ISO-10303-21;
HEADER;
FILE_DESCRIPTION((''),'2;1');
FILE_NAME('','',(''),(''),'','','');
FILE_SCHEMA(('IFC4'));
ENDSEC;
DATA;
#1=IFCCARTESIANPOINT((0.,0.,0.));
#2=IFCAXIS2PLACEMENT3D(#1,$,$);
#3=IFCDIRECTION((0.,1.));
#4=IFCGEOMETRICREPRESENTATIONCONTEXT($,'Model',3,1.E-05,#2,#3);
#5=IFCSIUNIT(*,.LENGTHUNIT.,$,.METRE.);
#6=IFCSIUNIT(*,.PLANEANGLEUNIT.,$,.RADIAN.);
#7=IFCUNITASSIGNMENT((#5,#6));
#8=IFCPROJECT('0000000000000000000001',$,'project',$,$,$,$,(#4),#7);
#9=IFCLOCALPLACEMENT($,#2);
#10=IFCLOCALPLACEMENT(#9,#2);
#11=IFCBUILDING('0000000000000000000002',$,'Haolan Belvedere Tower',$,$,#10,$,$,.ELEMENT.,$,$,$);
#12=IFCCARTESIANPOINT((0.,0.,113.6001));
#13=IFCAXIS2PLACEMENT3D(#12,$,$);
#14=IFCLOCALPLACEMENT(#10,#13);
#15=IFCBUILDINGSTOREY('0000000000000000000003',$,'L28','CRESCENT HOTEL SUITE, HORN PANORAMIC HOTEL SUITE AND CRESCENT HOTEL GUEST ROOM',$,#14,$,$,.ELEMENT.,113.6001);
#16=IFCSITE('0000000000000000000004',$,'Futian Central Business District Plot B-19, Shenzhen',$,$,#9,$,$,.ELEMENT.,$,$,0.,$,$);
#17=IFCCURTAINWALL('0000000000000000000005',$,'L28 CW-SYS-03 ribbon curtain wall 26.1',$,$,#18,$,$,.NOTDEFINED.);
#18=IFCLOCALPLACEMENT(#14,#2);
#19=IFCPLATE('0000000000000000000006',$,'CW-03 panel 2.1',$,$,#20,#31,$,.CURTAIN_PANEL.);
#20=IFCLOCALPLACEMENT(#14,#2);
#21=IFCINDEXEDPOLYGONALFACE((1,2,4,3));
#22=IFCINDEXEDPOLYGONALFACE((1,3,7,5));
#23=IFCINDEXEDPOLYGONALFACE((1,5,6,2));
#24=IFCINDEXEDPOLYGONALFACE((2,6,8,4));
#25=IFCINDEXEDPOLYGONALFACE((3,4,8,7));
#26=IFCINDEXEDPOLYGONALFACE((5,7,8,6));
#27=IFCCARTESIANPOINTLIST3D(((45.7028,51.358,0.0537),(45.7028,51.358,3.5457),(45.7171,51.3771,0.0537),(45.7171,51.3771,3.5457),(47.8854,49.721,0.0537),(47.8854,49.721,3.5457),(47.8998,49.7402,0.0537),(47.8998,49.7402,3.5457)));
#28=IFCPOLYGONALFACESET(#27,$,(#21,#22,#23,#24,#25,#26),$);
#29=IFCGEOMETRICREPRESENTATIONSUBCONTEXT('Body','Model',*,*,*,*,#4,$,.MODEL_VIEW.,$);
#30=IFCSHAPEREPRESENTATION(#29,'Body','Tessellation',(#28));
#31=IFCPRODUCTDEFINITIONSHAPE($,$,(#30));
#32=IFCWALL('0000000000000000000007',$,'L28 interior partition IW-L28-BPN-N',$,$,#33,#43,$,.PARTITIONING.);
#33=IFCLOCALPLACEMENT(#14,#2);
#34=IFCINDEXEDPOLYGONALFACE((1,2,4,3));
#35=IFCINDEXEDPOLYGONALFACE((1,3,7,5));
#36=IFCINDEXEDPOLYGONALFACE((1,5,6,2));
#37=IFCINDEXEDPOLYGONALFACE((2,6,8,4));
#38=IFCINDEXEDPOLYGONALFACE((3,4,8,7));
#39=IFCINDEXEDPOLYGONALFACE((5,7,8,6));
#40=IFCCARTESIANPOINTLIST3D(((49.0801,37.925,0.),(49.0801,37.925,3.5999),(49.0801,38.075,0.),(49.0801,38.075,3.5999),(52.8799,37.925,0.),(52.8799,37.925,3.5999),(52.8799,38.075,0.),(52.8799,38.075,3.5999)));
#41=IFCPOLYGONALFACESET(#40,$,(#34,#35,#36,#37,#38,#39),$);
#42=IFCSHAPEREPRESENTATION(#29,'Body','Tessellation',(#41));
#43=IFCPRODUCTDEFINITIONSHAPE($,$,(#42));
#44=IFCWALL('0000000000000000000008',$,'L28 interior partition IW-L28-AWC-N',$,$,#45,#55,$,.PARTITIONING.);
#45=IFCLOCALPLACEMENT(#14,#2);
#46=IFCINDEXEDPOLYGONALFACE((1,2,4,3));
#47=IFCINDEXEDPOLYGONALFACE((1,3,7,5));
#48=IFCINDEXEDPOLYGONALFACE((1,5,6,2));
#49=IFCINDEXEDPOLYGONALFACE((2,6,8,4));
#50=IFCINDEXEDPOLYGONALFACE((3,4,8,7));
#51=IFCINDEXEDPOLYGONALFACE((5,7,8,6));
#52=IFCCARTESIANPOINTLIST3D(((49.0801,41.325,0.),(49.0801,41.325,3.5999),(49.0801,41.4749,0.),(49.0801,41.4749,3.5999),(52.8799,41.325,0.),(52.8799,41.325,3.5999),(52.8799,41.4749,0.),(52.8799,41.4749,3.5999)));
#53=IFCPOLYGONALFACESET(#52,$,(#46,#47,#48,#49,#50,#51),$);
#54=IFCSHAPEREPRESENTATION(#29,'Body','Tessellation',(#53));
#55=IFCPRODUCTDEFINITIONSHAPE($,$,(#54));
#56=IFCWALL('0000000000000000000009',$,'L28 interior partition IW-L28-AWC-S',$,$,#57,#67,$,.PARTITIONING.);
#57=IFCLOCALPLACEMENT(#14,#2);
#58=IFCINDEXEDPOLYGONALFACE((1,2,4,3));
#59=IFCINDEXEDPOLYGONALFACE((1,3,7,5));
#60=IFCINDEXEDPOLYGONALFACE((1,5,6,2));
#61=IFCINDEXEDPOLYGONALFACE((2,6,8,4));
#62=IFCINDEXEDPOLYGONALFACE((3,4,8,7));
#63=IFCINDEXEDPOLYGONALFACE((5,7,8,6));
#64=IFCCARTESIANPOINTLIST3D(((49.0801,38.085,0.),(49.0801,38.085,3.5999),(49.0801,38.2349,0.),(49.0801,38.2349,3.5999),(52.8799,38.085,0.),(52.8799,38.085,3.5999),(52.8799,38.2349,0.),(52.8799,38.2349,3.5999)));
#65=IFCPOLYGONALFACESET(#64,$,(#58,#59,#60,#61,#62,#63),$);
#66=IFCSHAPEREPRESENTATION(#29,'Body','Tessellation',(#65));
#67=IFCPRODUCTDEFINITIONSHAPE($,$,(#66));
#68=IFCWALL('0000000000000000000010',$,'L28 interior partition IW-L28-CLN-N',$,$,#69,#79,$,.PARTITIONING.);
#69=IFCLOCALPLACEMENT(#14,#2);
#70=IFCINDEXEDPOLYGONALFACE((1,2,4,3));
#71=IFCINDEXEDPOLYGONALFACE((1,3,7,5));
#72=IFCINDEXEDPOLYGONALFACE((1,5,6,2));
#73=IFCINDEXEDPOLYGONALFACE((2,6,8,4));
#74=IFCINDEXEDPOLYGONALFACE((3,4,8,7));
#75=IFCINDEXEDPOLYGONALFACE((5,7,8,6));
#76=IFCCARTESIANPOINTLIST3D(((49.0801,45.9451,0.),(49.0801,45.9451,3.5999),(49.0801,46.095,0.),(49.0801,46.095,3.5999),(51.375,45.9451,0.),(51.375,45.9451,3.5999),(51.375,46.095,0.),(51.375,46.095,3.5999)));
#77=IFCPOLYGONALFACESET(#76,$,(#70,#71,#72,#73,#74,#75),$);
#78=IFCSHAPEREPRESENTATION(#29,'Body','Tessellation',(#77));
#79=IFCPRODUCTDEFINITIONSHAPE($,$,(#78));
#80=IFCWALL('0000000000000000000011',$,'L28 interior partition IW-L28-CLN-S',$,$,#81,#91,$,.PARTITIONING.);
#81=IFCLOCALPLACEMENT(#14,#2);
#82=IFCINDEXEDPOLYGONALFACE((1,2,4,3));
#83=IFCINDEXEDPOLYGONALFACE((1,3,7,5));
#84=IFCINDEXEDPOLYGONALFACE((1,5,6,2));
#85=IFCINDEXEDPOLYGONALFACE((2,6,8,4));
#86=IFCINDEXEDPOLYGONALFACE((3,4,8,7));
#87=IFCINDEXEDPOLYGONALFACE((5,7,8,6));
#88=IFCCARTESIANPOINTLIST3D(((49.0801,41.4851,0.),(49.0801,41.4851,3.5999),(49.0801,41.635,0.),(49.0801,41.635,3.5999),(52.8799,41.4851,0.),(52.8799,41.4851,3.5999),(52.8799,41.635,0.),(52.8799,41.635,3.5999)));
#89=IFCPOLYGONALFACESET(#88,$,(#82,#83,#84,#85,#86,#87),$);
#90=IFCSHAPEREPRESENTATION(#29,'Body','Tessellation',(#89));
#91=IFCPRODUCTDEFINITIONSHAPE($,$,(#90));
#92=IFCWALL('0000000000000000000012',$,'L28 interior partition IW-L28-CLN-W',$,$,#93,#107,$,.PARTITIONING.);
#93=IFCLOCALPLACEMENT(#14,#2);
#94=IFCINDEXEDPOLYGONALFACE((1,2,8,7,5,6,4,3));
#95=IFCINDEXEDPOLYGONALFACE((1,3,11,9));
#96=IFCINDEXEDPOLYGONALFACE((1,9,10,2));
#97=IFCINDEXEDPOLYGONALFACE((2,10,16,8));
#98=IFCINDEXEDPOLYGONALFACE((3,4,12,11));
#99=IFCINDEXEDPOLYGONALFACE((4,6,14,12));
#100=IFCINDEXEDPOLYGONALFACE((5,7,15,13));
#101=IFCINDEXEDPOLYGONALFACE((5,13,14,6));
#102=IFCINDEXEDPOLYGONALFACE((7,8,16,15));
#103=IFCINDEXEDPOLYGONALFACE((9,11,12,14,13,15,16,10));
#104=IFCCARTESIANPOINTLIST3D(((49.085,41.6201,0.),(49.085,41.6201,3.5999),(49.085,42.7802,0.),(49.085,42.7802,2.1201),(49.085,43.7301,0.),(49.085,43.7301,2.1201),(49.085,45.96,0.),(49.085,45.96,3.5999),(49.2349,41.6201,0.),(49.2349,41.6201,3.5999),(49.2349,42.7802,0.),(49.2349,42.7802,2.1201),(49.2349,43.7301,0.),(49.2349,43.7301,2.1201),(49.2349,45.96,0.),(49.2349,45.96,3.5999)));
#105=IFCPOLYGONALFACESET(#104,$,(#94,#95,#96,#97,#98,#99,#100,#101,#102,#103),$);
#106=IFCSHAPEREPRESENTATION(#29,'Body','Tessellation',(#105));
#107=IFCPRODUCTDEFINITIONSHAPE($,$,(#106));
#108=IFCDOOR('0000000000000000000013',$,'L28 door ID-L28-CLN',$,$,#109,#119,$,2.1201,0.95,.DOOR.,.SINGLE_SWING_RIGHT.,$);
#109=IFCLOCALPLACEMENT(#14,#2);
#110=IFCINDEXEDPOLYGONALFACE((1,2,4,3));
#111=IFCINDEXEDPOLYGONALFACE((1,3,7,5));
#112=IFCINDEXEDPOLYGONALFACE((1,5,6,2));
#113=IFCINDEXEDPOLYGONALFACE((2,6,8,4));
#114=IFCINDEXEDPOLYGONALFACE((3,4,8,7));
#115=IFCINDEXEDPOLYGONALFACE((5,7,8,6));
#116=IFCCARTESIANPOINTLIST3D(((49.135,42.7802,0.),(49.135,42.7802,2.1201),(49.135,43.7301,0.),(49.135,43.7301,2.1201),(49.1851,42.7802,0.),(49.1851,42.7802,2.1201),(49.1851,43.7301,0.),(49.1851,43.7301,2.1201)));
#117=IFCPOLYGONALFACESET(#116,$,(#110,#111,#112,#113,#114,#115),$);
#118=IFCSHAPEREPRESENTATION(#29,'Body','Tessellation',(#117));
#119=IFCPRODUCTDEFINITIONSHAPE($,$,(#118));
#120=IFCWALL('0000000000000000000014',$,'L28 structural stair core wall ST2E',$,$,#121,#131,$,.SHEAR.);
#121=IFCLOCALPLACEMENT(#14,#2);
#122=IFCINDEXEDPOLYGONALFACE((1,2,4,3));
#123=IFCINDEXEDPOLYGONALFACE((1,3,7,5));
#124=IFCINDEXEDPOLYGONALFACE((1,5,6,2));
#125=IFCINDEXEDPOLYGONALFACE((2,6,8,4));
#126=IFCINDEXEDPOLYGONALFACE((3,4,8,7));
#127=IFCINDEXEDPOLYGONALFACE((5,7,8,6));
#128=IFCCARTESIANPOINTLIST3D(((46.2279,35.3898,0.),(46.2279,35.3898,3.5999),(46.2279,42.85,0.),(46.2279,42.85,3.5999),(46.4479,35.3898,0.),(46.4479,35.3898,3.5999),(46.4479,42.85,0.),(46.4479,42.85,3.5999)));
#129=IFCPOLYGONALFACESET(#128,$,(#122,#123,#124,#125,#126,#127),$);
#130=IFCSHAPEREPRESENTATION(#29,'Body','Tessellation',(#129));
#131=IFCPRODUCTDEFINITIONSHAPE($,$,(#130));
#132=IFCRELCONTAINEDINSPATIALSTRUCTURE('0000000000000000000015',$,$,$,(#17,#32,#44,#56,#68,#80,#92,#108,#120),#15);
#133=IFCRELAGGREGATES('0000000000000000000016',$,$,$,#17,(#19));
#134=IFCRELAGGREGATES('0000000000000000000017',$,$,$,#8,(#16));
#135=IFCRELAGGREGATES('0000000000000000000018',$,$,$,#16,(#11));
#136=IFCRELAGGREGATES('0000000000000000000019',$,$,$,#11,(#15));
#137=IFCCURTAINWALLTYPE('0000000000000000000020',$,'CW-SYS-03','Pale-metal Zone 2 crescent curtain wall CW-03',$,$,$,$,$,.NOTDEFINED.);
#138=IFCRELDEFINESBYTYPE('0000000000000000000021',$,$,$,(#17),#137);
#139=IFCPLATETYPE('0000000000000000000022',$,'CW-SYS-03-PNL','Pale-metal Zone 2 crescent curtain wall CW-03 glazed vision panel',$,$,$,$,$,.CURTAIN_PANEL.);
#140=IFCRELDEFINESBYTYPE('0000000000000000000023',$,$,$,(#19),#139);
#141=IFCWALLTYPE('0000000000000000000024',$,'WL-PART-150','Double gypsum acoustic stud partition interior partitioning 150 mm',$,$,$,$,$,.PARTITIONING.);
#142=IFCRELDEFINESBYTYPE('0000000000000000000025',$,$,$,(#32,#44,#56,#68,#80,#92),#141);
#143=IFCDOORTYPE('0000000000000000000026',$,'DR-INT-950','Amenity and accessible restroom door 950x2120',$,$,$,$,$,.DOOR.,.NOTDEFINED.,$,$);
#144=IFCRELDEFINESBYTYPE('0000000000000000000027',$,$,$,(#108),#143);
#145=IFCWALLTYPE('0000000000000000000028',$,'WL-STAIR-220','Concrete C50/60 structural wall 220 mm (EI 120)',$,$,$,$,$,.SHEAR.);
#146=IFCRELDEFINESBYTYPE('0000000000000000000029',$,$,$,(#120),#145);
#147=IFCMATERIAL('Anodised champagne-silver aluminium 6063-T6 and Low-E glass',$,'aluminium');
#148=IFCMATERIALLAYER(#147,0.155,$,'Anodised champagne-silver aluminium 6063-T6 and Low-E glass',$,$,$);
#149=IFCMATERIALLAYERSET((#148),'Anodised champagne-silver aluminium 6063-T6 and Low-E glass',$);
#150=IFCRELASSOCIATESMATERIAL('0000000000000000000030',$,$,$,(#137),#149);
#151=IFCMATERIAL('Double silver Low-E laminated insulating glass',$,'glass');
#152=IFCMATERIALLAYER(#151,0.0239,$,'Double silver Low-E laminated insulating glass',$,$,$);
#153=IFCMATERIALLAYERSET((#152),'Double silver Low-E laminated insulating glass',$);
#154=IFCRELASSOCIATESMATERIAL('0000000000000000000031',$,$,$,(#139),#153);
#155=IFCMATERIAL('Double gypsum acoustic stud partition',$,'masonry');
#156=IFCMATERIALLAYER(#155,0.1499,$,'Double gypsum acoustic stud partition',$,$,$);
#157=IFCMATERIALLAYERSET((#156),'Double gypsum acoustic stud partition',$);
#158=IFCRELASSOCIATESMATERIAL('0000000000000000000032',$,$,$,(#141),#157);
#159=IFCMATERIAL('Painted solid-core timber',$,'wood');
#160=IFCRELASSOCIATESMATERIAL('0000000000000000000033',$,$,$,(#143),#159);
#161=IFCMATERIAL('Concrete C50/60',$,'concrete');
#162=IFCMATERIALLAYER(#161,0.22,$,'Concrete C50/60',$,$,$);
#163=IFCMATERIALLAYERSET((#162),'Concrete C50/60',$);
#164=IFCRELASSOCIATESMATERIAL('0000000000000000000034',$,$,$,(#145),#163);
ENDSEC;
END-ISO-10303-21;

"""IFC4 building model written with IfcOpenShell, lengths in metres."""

from ifc_helpers import new_model, si_unit, direction, frame, frame_2d, origin, origin_2d, place, context, subcontext, project, spatial, rectangle, extrude, material, layer, layer_set, type_object, element, fill, aggregate, save


model = new_model("IFC4")

# Units and contexts
model_context = context("Model", 3, precision=1e-05, world=origin(), true_north=direction((0.0, 1.0)))
body_context = subcontext(model_context, "Body", "Model", "MODEL_VIEW")
ifc_project = project(units=[si_unit("LENGTHUNIT", "METRE"), si_unit("PLANEANGLEUNIT", "RADIAN")], contexts=[model_context])

# Site, building, storey
site_placement = place(None, origin())
site = spatial("IfcSite", under=ifc_project, at=site_placement, Name="Futian Central Business District Plot B-19, Shenzhen", CompositionType="ELEMENT", RefElevation=0.0)
building_placement = place(site_placement, origin())
building = spatial("IfcBuilding", under=site, at=building_placement, Name="Haolan Belvedere Tower", CompositionType="ELEMENT")
storey_placement = place(building_placement, frame((0.0, 0.0, 113.6001)))
storey = spatial("IfcBuildingStorey", under=building, at=storey_placement, Name="L28", Description="CRESCENT HOTEL SUITE, HORN PANORAMIC HOTEL SUITE AND CRESCENT HOTEL GUEST ROOM", CompositionType="ELEMENT", Elevation=113.6001)

# Curtain wall, plate
ifc_material_1 = material(Name="Anodised champagne-silver aluminium 6063-T6 and Low-E glass", Category="aluminium")
ifc_layer_1 = layer(ifc_material_1, 0.155, Name="Anodised champagne-silver aluminium 6063-T6 and Low-E glass")
ifc_layer_set_1 = layer_set([ifc_layer_1], Name="Anodised champagne-silver aluminium 6063-T6 and Low-E glass")
curtain_wall_type = type_object("IfcCurtainWallType", Name="CW-SYS-03", Description="Pale-metal Zone 2 crescent curtain wall CW-03", PredefinedType="NOTDEFINED", material=ifc_layer_set_1)
curtain_wall_placement = place(storey_placement, origin())
curtain_wall = element("IfcCurtainWall", 1, at=curtain_wall_placement, inside=storey, type_object=curtain_wall_type, Name="L28 CW-SYS-03 ribbon curtain wall 26.1", PredefinedType="NOTDEFINED")
ifc_material_2 = material(Name="Double silver Low-E laminated insulating glass", Category="glass")
ifc_layer_2 = layer(ifc_material_2, 0.0239, Name="Double silver Low-E laminated insulating glass")
ifc_layer_set_2 = layer_set([ifc_layer_2], Name="Double silver Low-E laminated insulating glass")
plate_type = type_object("IfcPlateType", Name="CW-SYS-03-PNL", Description="Pale-metal Zone 2 crescent curtain wall CW-03 glazed vision panel", PredefinedType="CURTAIN_PANEL", material=ifc_layer_set_2)
plate_1_placement = place(storey_placement, frame((46.8013, 50.5491, 0.0537), z_axis=(0.0, 0.0, 1.0), x_axis=(-0.800004, 0.599994, 0.0)))
plate_1 = element("IfcPlate", 2, at=plate_1_placement, type_object=plate_type, Name="CW-03 panel 2.1", PredefinedType="CURTAIN_PANEL", context=body_context, shape_type="SweptSolid", body=[
    extrude(rectangle(XDim=2.7283, YDim=0.0239, at=origin_2d()), origin(), (0.0, 0.0, 1.0), 3.4919),
])
aggregate(curtain_wall, [plate_1])

# Walls
ifc_material_3 = material(Name="Double gypsum acoustic stud partition", Category="masonry")
ifc_layer_3 = layer(ifc_material_3, 0.1499, Name="Double gypsum acoustic stud partition")
ifc_layer_set_3 = layer_set([ifc_layer_3], Name="Double gypsum acoustic stud partition")
wall_type_1 = type_object("IfcWallType", Name="WL-PART-150", Description="Double gypsum acoustic stud partition interior partitioning 150 mm", PredefinedType="PARTITIONING", material=ifc_layer_set_3)
for number, where, z_axis, x_axis, name in (
    (3, (49.0801, 38.0, 0.0), (0.0, 0.0, 1.0), (1.0, 0.0, 0.0), "L28 interior partition IW-L28-BPN-N"),
    (4, (49.0801, 41.3999, 0.0), (0.0, 0.0, 1.0), (1.0, 0.0, 0.0), "L28 interior partition IW-L28-AWC-N"),
    (5, (49.0801, 38.1599, 0.0), (0.0, 0.0, 1.0), (1.0, 0.0, 0.0), "L28 interior partition IW-L28-AWC-S"),
):
    element("IfcWall", number, at=place(storey_placement, frame(where, z_axis=z_axis, x_axis=x_axis)), inside=storey, type_object=wall_type_1, Name=name, PredefinedType="PARTITIONING", context=body_context, shape_type="SweptSolid", body=[
        extrude(rectangle(XDim=3.7998, YDim=0.1499, at=frame_2d((1.8999, 0.0))), origin(), (0.0, 0.0, 1.0), 3.5999),
    ])

# Shared definitions
ifc_material_4 = material(Name="Painted solid-core timber", Category="wood")
door_type = type_object("IfcDoorType", Name="DR-INT-950", Description="Amenity and accessible restroom door 950x2120", OperationType="NOTDEFINED", PredefinedType="DOOR", material=ifc_material_4)

# Walls
wall_1_placement = place(storey_placement, frame((49.0801, 46.02, 0.0), z_axis=(0.0, 0.0, 1.0), x_axis=(1.0, 0.0, 0.0)))
element("IfcWall", 6, at=wall_1_placement, inside=storey, type_object=wall_type_1, Name="L28 interior partition IW-L28-CLN-N", PredefinedType="PARTITIONING", context=body_context, shape_type="SweptSolid", body=[
    extrude(rectangle(XDim=2.2949, YDim=0.1499, at=frame_2d((1.1475, 0.0))), origin(), (0.0, 0.0, 1.0), 3.5999),
])
wall_2_placement = place(storey_placement, frame((49.0801, 41.5601, 0.0), z_axis=(0.0, 0.0, 1.0), x_axis=(1.0, 0.0, 0.0)))
element("IfcWall", 7, at=wall_2_placement, inside=storey, type_object=wall_type_1, Name="L28 interior partition IW-L28-CLN-S", PredefinedType="PARTITIONING", context=body_context, shape_type="SweptSolid", body=[
    extrude(rectangle(XDim=3.7998, YDim=0.1499, at=frame_2d((1.8999, 0.0))), origin(), (0.0, 0.0, 1.0), 3.5999),
])

# Wall, opening, door
wall_3_placement = place(storey_placement, frame((49.1599, 41.6201, 0.0), z_axis=(0.0, 0.0, 1.0), x_axis=(0.0, 1.0, 0.0)))
wall_3 = element("IfcWall", 8, at=wall_3_placement, inside=storey, type_object=wall_type_1, Name="L28 interior partition IW-L28-CLN-W", PredefinedType="PARTITIONING", context=body_context, shape_type="SweptSolid", body=[
    extrude(rectangle(XDim=4.3398, YDim=0.1499, at=frame_2d((2.1699, 0.0))), origin(), (0.0, 0.0, 1.0), 3.5999),
])
opening_1_placement = place(wall_3_placement, frame((1.1599, 0.0, 0.0)))
opening_1 = element("IfcOpeningElement", 9, at=opening_1_placement, cuts=wall_3, PredefinedType="OPENING", context=body_context, shape_type="SweptSolid", body=[
    extrude(rectangle(XDim=0.95, YDim=2.1201, at=frame_2d((0.4751, 1.0601))), frame((0.0, 0.085, 0.0), z_axis=(0.0, -1.0, 0.0), x_axis=(1.0, 0.0, 0.0)), (0.0, 0.0, 1.0), 0.1699),
])
door_1_placement = place(opening_1_placement, origin())
door_1 = element("IfcDoor", 10, at=door_1_placement, inside=storey, type_object=door_type, Name="L28 door ID-L28-CLN", OperationType="SINGLE_SWING_RIGHT", OverallHeight=2.1201, OverallWidth=0.95, PredefinedType="DOOR", context=body_context, shape_type="SweptSolid", body=[
    extrude(rectangle(XDim=0.95, YDim=2.1201, at=frame_2d((0.4751, 1.0601))), frame((0.0, 0.0249, 0.0), z_axis=(0.0, -1.0, 0.0), x_axis=(1.0, 0.0, 0.0)), (0.0, 0.0, 1.0), 0.05),
])
fill(opening_1, door_1)

# Wall
ifc_material_5 = material(Name="Concrete C50/60", Category="concrete")
ifc_layer_4 = layer(ifc_material_5, 0.22, Name="Concrete C50/60")
ifc_layer_set_4 = layer_set([ifc_layer_4], Name="Concrete C50/60")
wall_type_2 = type_object("IfcWallType", Name="WL-STAIR-220", Description="Concrete C50/60 structural wall 220 mm (EI 120)", PredefinedType="SHEAR", material=ifc_layer_set_4)
wall_4_placement = place(storey_placement, frame((46.3379, 35.3899, 0.0), z_axis=(0.0, 0.0, 1.0), x_axis=(0.0, 1.0, 0.0)))
element("IfcWall", 11, at=wall_4_placement, inside=storey, type_object=wall_type_2, Name="L28 structural stair core wall ST2E", PredefinedType="SHEAR", context=body_context, shape_type="SweptSolid", body=[
    extrude(rectangle(XDim=7.4602, YDim=0.22, at=frame_2d((3.73, 0.0))), origin(), (0.0, 0.0, 1.0), 3.5999),
])

save(model, "model.ifc")
